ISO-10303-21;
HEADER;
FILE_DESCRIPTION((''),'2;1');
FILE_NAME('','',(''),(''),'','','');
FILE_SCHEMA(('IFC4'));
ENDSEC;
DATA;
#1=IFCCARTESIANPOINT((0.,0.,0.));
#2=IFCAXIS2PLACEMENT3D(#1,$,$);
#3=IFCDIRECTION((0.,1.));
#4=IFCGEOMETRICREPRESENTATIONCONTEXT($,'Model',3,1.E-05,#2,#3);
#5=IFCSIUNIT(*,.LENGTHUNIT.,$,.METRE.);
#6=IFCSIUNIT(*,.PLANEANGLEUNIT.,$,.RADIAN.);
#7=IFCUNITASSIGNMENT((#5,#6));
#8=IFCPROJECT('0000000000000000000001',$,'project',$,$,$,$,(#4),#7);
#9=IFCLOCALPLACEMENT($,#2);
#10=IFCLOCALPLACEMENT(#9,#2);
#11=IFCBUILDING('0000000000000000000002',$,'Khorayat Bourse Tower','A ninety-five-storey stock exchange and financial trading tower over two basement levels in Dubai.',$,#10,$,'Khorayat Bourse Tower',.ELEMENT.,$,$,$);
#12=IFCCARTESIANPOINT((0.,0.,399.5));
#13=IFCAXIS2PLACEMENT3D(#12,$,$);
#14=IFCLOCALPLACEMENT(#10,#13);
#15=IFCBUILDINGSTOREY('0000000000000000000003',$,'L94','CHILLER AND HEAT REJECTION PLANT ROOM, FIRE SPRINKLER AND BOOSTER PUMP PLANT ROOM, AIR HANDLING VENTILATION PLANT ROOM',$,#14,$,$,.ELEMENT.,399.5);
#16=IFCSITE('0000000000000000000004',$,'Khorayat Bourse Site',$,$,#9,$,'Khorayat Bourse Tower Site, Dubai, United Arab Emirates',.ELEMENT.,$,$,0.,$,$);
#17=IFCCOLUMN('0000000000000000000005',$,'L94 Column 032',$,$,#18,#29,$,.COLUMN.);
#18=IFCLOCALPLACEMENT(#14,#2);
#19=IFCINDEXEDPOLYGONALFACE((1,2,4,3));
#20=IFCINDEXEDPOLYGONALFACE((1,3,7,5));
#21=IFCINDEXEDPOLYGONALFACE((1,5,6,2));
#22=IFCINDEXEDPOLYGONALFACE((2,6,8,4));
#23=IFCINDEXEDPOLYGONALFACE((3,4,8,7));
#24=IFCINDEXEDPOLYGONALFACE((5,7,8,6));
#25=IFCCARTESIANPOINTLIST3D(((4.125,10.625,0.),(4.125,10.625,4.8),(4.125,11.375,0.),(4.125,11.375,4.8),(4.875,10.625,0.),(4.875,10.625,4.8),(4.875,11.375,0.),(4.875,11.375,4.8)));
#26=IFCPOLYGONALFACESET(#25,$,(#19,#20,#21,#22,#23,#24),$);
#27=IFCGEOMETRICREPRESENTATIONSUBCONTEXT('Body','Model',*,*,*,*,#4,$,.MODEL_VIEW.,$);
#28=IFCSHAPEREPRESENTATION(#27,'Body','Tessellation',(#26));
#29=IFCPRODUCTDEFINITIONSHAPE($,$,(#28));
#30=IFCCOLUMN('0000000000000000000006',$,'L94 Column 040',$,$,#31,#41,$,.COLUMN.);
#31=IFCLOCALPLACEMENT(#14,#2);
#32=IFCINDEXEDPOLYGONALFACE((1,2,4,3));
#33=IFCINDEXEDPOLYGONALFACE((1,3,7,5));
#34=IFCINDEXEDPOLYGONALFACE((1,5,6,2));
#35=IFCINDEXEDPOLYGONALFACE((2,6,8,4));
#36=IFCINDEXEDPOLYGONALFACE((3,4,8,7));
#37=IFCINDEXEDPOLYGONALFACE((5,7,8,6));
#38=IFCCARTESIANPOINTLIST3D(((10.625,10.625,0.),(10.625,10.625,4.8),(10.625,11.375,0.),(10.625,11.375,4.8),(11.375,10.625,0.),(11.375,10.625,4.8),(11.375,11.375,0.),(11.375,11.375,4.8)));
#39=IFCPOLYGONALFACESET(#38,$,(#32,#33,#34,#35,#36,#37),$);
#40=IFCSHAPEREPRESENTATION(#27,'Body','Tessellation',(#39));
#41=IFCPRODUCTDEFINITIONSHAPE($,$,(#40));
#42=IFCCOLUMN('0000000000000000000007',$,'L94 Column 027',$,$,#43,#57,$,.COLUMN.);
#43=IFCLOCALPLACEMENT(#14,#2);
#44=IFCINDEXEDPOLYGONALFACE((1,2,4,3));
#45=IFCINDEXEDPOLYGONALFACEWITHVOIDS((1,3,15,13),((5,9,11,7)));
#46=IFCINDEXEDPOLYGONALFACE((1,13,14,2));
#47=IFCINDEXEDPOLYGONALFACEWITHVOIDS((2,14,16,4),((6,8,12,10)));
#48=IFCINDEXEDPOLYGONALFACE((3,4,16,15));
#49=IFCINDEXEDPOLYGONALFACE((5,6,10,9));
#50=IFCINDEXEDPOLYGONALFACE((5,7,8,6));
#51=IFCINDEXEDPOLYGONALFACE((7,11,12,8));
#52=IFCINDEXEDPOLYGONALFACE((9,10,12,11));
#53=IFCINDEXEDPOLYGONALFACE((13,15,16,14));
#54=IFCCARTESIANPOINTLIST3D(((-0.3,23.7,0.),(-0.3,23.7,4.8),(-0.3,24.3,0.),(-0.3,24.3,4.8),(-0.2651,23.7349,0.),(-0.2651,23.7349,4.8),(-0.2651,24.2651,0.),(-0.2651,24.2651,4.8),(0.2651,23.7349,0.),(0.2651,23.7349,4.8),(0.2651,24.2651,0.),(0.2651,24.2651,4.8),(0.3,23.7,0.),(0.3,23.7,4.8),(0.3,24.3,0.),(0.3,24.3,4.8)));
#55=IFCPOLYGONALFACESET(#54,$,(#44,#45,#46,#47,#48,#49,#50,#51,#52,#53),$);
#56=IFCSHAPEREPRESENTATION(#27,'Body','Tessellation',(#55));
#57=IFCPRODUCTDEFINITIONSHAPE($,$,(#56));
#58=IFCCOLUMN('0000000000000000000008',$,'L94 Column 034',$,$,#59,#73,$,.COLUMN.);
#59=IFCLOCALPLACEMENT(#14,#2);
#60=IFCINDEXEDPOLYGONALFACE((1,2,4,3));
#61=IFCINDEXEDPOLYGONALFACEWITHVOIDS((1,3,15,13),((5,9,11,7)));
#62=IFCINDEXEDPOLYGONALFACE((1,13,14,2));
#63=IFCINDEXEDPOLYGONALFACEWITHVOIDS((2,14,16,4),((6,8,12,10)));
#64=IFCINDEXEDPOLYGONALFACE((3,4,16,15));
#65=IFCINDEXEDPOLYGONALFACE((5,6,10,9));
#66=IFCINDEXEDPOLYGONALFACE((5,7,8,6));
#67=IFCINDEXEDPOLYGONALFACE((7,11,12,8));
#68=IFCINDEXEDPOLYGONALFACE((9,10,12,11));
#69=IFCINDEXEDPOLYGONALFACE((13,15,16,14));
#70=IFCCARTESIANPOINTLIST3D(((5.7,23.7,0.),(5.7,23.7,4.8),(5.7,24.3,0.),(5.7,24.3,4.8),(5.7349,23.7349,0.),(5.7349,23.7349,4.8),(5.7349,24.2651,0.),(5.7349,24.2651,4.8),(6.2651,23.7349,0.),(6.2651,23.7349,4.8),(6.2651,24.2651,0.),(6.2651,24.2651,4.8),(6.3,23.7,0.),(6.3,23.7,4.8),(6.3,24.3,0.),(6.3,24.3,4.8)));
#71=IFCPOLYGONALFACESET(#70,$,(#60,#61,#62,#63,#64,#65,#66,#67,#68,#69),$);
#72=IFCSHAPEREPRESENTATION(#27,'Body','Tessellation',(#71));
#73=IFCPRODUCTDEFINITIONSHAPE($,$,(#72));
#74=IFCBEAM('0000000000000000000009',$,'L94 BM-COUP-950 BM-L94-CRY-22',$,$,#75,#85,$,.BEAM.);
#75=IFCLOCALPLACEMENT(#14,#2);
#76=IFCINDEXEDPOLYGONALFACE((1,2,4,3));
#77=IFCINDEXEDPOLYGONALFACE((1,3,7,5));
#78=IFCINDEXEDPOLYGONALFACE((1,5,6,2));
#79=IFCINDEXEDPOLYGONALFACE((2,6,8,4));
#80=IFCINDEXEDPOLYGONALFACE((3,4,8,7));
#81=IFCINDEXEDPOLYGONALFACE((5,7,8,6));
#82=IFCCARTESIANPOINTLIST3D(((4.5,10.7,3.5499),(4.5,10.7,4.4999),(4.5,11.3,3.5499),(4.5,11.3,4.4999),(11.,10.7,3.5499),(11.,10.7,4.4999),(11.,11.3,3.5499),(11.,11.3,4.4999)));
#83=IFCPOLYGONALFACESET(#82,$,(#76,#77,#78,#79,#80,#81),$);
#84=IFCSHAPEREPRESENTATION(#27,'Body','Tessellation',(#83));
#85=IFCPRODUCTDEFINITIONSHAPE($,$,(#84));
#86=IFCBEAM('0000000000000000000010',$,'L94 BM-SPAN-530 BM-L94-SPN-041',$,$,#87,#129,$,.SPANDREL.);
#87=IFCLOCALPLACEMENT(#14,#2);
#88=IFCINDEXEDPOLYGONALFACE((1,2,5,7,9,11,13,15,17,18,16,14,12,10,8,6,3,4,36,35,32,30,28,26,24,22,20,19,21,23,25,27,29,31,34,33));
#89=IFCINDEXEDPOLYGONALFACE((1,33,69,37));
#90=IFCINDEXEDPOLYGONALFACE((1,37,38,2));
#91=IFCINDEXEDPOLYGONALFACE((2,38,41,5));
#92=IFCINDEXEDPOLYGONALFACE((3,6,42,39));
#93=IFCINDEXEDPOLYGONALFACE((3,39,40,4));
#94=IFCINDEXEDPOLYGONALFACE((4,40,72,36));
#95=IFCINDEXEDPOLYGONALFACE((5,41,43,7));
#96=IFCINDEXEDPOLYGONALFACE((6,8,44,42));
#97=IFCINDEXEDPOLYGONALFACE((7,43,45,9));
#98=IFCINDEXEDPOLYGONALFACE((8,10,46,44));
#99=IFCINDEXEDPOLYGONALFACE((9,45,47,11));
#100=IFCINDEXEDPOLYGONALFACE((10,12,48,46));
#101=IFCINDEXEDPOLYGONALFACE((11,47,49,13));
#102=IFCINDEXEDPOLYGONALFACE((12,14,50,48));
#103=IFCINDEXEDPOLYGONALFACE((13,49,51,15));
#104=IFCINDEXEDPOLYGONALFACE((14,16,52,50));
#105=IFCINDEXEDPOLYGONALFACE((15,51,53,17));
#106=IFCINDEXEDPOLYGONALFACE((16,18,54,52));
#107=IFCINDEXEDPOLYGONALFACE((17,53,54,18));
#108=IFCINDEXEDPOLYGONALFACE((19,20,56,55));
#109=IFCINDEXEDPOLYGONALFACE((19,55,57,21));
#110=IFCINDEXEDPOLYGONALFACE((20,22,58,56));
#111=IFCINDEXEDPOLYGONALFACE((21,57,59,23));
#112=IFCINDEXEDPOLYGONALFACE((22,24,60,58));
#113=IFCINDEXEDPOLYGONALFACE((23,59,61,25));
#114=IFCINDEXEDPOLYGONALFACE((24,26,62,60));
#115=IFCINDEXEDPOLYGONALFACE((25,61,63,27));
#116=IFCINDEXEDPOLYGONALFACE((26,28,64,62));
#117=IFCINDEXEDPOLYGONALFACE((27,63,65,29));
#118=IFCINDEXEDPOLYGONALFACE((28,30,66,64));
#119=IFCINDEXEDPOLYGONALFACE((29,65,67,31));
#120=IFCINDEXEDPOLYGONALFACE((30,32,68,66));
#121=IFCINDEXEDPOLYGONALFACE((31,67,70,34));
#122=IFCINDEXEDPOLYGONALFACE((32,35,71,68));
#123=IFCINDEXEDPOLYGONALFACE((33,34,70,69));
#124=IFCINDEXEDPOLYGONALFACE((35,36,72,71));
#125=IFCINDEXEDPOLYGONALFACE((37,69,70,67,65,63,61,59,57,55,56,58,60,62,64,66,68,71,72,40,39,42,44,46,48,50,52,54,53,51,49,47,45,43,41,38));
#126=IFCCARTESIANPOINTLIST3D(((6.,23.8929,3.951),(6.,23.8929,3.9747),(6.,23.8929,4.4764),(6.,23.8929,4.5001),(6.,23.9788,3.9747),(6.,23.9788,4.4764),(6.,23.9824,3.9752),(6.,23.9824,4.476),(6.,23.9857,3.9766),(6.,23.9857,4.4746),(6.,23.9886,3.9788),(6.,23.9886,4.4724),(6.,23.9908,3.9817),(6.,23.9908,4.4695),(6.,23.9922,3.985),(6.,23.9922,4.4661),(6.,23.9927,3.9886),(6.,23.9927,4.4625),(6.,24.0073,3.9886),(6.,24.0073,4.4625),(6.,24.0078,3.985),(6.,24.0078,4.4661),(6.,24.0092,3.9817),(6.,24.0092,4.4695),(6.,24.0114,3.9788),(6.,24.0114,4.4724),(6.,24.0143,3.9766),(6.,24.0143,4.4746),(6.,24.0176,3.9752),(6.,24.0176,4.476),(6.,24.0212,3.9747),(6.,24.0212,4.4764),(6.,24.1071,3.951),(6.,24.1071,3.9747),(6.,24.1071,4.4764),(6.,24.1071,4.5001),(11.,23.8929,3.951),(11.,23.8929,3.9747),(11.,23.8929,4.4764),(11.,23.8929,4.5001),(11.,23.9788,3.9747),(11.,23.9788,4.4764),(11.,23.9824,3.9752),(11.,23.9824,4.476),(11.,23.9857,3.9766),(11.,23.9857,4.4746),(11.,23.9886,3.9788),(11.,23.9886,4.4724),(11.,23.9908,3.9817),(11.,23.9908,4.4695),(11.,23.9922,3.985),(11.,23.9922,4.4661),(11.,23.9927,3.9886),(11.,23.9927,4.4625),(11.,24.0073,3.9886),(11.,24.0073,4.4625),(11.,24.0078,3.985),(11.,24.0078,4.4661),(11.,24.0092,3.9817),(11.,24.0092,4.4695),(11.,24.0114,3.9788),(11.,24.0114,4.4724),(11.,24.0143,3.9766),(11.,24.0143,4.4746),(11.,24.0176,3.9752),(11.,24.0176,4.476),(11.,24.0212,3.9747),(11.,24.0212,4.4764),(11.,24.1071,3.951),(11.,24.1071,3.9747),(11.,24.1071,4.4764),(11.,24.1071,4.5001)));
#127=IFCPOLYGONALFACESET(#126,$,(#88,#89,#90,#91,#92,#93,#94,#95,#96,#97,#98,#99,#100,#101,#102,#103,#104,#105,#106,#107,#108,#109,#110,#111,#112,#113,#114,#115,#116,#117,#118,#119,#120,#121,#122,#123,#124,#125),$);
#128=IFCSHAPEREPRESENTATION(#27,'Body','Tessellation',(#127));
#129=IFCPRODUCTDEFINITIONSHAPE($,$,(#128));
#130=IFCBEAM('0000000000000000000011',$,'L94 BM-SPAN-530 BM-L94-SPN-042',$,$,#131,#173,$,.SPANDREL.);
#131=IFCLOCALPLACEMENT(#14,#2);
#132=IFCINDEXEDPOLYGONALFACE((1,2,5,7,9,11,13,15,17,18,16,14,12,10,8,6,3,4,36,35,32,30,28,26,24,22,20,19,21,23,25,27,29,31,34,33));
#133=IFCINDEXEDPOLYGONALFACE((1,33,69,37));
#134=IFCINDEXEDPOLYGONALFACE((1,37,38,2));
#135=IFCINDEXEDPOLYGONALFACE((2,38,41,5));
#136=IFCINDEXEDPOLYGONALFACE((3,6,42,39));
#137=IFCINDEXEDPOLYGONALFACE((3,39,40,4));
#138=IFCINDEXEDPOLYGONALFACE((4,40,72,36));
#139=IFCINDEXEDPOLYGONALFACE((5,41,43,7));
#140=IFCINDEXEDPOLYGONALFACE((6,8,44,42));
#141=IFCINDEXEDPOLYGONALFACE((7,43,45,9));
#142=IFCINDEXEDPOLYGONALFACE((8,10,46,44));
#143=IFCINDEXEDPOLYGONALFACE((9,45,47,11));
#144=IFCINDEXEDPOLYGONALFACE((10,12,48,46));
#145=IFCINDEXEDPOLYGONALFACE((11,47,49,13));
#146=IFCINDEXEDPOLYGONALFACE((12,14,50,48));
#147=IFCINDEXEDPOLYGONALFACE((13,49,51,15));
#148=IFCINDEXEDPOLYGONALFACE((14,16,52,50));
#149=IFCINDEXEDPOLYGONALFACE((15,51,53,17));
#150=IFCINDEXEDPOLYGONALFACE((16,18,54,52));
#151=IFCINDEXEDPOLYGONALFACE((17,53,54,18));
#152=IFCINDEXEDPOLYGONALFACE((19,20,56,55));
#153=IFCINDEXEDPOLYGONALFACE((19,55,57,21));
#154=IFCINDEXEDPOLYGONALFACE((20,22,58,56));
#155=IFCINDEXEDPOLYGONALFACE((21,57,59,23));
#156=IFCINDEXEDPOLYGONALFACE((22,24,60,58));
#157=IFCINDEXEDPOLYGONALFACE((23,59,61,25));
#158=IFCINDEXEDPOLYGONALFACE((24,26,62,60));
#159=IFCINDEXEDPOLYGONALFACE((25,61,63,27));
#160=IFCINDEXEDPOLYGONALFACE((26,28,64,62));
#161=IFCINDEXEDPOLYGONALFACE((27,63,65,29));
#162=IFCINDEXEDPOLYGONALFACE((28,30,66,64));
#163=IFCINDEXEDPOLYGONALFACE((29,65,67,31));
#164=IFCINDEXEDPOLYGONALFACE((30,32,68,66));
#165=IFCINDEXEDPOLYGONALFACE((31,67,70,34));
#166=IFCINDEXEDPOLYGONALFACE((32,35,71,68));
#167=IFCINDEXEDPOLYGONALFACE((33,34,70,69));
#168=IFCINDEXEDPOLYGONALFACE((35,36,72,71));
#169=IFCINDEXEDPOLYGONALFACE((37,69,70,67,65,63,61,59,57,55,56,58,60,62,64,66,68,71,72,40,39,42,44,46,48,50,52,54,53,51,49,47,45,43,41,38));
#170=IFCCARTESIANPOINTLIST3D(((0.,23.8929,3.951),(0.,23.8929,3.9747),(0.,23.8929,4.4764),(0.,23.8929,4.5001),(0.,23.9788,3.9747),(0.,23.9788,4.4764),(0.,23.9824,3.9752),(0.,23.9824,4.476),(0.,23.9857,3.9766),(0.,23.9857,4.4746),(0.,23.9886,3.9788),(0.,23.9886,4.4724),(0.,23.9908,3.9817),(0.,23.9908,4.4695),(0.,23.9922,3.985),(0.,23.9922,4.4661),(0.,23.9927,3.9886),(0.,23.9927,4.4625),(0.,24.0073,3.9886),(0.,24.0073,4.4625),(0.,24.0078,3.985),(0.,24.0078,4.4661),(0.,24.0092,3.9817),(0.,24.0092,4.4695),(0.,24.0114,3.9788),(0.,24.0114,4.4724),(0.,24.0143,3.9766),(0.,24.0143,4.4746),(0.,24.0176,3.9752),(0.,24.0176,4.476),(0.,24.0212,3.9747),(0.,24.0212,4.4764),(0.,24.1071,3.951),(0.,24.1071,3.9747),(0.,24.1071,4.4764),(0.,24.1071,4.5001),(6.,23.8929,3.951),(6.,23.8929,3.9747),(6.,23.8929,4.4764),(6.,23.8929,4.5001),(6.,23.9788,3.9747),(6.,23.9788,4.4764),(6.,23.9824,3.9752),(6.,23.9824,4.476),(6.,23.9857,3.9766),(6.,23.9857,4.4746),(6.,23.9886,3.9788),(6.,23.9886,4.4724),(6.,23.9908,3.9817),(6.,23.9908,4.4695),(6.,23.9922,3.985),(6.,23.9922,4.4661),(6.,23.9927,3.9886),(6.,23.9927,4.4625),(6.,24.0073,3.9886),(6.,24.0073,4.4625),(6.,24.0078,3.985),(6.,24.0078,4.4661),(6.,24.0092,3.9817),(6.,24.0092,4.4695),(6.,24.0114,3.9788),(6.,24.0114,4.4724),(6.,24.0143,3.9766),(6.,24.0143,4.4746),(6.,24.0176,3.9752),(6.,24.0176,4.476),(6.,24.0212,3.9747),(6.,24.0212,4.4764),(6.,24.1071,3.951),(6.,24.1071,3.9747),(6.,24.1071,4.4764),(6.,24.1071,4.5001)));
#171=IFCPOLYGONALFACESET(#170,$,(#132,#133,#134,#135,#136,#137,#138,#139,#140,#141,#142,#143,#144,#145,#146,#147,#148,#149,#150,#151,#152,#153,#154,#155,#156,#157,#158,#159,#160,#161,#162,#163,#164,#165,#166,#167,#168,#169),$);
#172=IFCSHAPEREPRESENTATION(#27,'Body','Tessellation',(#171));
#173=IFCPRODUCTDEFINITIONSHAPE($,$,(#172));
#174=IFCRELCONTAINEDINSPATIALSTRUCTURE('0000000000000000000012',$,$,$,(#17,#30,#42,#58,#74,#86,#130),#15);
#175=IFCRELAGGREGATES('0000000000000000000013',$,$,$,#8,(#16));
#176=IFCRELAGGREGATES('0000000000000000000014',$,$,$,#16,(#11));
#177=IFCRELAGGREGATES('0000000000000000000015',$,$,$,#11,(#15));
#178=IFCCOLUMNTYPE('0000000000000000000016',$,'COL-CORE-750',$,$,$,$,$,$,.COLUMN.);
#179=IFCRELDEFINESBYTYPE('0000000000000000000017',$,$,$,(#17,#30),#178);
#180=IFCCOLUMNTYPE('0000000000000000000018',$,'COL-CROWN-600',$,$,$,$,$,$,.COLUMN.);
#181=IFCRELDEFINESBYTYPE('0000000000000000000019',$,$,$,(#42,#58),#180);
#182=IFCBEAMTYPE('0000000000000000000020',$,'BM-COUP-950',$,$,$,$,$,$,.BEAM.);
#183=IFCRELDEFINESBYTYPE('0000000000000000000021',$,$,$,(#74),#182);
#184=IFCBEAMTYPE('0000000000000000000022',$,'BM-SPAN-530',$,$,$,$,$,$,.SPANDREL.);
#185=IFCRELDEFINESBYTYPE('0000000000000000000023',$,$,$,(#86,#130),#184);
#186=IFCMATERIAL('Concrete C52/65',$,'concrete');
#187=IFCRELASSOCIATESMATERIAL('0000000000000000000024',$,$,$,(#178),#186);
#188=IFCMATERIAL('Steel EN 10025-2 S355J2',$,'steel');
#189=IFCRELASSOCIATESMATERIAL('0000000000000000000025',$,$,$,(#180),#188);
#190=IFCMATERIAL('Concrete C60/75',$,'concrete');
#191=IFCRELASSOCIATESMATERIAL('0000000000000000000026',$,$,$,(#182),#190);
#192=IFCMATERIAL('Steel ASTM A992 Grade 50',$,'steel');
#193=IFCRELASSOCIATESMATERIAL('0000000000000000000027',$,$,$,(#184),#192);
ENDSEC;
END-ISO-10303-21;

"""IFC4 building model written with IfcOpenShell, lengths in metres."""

from ifc_helpers import new_model, si_unit, direction, frame, origin, origin_2d, place, context, subcontext, project, spatial, rectangle, hollow_rectangle, i_section, extrude, source, transform, mapped, material, material_profile, profile_set, type_object, element, save


model = new_model("IFC4")

# Units and contexts
model_context = context("Model", 3, precision=1e-05, world=origin(), true_north=direction((0.0, 1.0)))
body_context = subcontext(model_context, "Body", "Model", "MODEL_VIEW")
ifc_project = project(units=[si_unit("LENGTHUNIT", "METRE"), si_unit("PLANEANGLEUNIT", "RADIAN")], contexts=[model_context])

# Site, building, storey
site_placement = place(None, origin())
site = spatial("IfcSite", under=ifc_project, at=site_placement, Name="Khorayat Bourse Site", LongName="Khorayat Bourse Tower Site, Dubai, United Arab Emirates", CompositionType="ELEMENT", RefElevation=0.0)
building_placement = place(site_placement, origin())
building = spatial("IfcBuilding", under=site, at=building_placement, Name="Khorayat Bourse Tower", Description="A ninety-five-storey stock exchange and financial trading tower over two basement levels in Dubai.", LongName="Khorayat Bourse Tower", CompositionType="ELEMENT")
storey_placement = place(building_placement, frame((0.0, 0.0, 399.5)))
storey = spatial("IfcBuildingStorey", under=building, at=storey_placement, Name="L94", Description="CHILLER AND HEAT REJECTION PLANT ROOM, FIRE SPRINKLER AND BOOSTER PUMP PLANT ROOM, AIR HANDLING VENTILATION PLANT ROOM", CompositionType="ELEMENT", Elevation=399.5)

# Columns
ifc_material_1 = material(Name="Concrete C52/65", Category="concrete")
ifc_material_profile_1 = material_profile(ifc_material_1, rectangle(XDim=0.75, YDim=0.75, at=origin_2d()), Name="RC 750x750")
ifc_profile_set_1 = profile_set([ifc_material_profile_1], Name="Concrete C52/65")
column_type_1 = type_object("IfcColumnType", Name="COL-CORE-750", PredefinedType="COLUMN", material=ifc_profile_set_1)
shared_shape_1 = source(origin(), body_context, "Body", "SweptSolid", [
    extrude(rectangle(XDim=0.75, YDim=0.75, at=origin_2d()), origin(), (0.0, 0.0, 1.0), 4.8),
])
for number, where, z_axis, x_axis, name in (
    (1, (4.5, 11.0, 0.0), (0.0, 0.0, 1.0), (1.0, 0.0, 0.0), "L94 Column 032"),
    (2, (11.0, 11.0, 0.0), (0.0, 0.0, 1.0), (1.0, 0.0, 0.0), "L94 Column 040"),
):
    element("IfcColumn", number, at=place(storey_placement, frame(where, z_axis=z_axis, x_axis=x_axis)), inside=storey, type_object=column_type_1, Name=name, PredefinedType="COLUMN", context=body_context, shape_type="MappedRepresentation", body=[
        mapped(shared_shape_1, transform((0.0, 0.0, 0.0), scale=1.0)),
    ])
ifc_material_2 = material(Name="Steel EN 10025-2 S355J2", Category="steel")
ifc_material_profile_2 = material_profile(ifc_material_2, hollow_rectangle(XDim=0.6001, YDim=0.6001, WallThickness=0.0349, at=origin_2d()), Name="BOX 600x600x35")
ifc_profile_set_2 = profile_set([ifc_material_profile_2], Name="Steel EN 10025-2 S355J2")
column_type_2 = type_object("IfcColumnType", Name="COL-CROWN-600", PredefinedType="COLUMN", material=ifc_profile_set_2)
shared_shape_2 = source(origin(), body_context, "Body", "SweptSolid", [
    extrude(hollow_rectangle(XDim=0.6001, YDim=0.6001, WallThickness=0.0349, at=origin_2d()), origin(), (0.0, 0.0, 1.0), 4.8),
])
for number, where, z_axis, x_axis, name in (
    (3, (0.0, 24.0, 0.0), (0.0, 0.0, 1.0), (1.0, 0.0, 0.0), "L94 Column 027"),
    (4, (6.0, 24.0, 0.0), (0.0, 0.0, 1.0), (1.0, 0.0, 0.0), "L94 Column 034"),
):
    element("IfcColumn", number, at=place(storey_placement, frame(where, z_axis=z_axis, x_axis=x_axis)), inside=storey, type_object=column_type_2, Name=name, PredefinedType="COLUMN", context=body_context, shape_type="MappedRepresentation", body=[
        mapped(shared_shape_2, transform((0.0, 0.0, 0.0), scale=1.0)),
    ])

# Beams
ifc_material_3 = material(Name="Concrete C60/75", Category="concrete")
ifc_material_profile_3 = material_profile(ifc_material_3, rectangle(XDim=0.6001, YDim=0.95, at=origin_2d()), Name="RC 600x950")
ifc_profile_set_3 = profile_set([ifc_material_profile_3], Name="Concrete C60/75")
beam_type_1 = type_object("IfcBeamType", Name="BM-COUP-950", PredefinedType="BEAM", material=ifc_profile_set_3)
shared_shape_3 = source(origin(), body_context, "Body", "SweptSolid", [
    extrude(rectangle(XDim=0.6001, YDim=0.95, at=origin_2d()), origin(), (0.0, 0.0, 1.0), 6.5),
])
beam_1_placement = place(storey_placement, frame((4.5, 11.0, 4.0249), z_axis=(1.0, 0.0, 0.0), x_axis=(0.0, 1.0, 0.0)))
element("IfcBeam", 5, at=beam_1_placement, inside=storey, type_object=beam_type_1, Name="L94 BM-COUP-950 BM-L94-CRY-22", PredefinedType="BEAM", context=body_context, shape_type="MappedRepresentation", body=[
    mapped(shared_shape_3, transform((0.0, 0.0, 0.0), scale=1.0)),
])
ifc_material_4 = material(Name="Steel ASTM A992 Grade 50", Category="steel")
ifc_material_profile_4 = material_profile(ifc_material_4, i_section(OverallWidth=0.2141, OverallDepth=0.5491, WebThickness=0.0146, FlangeThickness=0.0237, FilletRadius=0.0139, at=origin_2d()), Name="W530X138")
ifc_profile_set_4 = profile_set([ifc_material_profile_4], Name="Steel ASTM A992 Grade 50")
beam_type_2 = type_object("IfcBeamType", Name="BM-SPAN-530", PredefinedType="SPANDREL", material=ifc_profile_set_4)
shared_shape_4 = source(origin(), body_context, "Body", "SweptSolid", [
    extrude(i_section(OverallWidth=0.2141, OverallDepth=0.5491, WebThickness=0.0146, FlangeThickness=0.0237, FilletRadius=0.0139, at=origin_2d()), origin(), (0.0, 0.0, 1.0), 5.0),
])
beam_2_placement = place(storey_placement, frame((6.0, 24.0, 4.2256), z_axis=(1.0, 0.0, 0.0), x_axis=(0.0, 1.0, 0.0)))
element("IfcBeam", 6, at=beam_2_placement, inside=storey, type_object=beam_type_2, Name="L94 BM-SPAN-530 BM-L94-SPN-041", PredefinedType="SPANDREL", context=body_context, shape_type="MappedRepresentation", body=[
    mapped(shared_shape_4, transform((0.0, 0.0, 0.0), scale=1.0)),
])
shared_shape_5 = source(origin(), body_context, "Body", "SweptSolid", [
    extrude(i_section(OverallWidth=0.2141, OverallDepth=0.5491, WebThickness=0.0146, FlangeThickness=0.0237, FilletRadius=0.0139, at=origin_2d()), origin(), (0.0, 0.0, 1.0), 6.0),
])
beam_3_placement = place(storey_placement, frame((0.0, 24.0, 4.2256), z_axis=(1.0, 0.0, 0.0), x_axis=(0.0, 1.0, 0.0)))
element("IfcBeam", 7, at=beam_3_placement, inside=storey, type_object=beam_type_2, Name="L94 BM-SPAN-530 BM-L94-SPN-042", PredefinedType="SPANDREL", context=body_context, shape_type="MappedRepresentation", body=[
    mapped(shared_shape_5, transform((0.0, 0.0, 0.0), scale=1.0)),
])

save(model, "model.ifc")
